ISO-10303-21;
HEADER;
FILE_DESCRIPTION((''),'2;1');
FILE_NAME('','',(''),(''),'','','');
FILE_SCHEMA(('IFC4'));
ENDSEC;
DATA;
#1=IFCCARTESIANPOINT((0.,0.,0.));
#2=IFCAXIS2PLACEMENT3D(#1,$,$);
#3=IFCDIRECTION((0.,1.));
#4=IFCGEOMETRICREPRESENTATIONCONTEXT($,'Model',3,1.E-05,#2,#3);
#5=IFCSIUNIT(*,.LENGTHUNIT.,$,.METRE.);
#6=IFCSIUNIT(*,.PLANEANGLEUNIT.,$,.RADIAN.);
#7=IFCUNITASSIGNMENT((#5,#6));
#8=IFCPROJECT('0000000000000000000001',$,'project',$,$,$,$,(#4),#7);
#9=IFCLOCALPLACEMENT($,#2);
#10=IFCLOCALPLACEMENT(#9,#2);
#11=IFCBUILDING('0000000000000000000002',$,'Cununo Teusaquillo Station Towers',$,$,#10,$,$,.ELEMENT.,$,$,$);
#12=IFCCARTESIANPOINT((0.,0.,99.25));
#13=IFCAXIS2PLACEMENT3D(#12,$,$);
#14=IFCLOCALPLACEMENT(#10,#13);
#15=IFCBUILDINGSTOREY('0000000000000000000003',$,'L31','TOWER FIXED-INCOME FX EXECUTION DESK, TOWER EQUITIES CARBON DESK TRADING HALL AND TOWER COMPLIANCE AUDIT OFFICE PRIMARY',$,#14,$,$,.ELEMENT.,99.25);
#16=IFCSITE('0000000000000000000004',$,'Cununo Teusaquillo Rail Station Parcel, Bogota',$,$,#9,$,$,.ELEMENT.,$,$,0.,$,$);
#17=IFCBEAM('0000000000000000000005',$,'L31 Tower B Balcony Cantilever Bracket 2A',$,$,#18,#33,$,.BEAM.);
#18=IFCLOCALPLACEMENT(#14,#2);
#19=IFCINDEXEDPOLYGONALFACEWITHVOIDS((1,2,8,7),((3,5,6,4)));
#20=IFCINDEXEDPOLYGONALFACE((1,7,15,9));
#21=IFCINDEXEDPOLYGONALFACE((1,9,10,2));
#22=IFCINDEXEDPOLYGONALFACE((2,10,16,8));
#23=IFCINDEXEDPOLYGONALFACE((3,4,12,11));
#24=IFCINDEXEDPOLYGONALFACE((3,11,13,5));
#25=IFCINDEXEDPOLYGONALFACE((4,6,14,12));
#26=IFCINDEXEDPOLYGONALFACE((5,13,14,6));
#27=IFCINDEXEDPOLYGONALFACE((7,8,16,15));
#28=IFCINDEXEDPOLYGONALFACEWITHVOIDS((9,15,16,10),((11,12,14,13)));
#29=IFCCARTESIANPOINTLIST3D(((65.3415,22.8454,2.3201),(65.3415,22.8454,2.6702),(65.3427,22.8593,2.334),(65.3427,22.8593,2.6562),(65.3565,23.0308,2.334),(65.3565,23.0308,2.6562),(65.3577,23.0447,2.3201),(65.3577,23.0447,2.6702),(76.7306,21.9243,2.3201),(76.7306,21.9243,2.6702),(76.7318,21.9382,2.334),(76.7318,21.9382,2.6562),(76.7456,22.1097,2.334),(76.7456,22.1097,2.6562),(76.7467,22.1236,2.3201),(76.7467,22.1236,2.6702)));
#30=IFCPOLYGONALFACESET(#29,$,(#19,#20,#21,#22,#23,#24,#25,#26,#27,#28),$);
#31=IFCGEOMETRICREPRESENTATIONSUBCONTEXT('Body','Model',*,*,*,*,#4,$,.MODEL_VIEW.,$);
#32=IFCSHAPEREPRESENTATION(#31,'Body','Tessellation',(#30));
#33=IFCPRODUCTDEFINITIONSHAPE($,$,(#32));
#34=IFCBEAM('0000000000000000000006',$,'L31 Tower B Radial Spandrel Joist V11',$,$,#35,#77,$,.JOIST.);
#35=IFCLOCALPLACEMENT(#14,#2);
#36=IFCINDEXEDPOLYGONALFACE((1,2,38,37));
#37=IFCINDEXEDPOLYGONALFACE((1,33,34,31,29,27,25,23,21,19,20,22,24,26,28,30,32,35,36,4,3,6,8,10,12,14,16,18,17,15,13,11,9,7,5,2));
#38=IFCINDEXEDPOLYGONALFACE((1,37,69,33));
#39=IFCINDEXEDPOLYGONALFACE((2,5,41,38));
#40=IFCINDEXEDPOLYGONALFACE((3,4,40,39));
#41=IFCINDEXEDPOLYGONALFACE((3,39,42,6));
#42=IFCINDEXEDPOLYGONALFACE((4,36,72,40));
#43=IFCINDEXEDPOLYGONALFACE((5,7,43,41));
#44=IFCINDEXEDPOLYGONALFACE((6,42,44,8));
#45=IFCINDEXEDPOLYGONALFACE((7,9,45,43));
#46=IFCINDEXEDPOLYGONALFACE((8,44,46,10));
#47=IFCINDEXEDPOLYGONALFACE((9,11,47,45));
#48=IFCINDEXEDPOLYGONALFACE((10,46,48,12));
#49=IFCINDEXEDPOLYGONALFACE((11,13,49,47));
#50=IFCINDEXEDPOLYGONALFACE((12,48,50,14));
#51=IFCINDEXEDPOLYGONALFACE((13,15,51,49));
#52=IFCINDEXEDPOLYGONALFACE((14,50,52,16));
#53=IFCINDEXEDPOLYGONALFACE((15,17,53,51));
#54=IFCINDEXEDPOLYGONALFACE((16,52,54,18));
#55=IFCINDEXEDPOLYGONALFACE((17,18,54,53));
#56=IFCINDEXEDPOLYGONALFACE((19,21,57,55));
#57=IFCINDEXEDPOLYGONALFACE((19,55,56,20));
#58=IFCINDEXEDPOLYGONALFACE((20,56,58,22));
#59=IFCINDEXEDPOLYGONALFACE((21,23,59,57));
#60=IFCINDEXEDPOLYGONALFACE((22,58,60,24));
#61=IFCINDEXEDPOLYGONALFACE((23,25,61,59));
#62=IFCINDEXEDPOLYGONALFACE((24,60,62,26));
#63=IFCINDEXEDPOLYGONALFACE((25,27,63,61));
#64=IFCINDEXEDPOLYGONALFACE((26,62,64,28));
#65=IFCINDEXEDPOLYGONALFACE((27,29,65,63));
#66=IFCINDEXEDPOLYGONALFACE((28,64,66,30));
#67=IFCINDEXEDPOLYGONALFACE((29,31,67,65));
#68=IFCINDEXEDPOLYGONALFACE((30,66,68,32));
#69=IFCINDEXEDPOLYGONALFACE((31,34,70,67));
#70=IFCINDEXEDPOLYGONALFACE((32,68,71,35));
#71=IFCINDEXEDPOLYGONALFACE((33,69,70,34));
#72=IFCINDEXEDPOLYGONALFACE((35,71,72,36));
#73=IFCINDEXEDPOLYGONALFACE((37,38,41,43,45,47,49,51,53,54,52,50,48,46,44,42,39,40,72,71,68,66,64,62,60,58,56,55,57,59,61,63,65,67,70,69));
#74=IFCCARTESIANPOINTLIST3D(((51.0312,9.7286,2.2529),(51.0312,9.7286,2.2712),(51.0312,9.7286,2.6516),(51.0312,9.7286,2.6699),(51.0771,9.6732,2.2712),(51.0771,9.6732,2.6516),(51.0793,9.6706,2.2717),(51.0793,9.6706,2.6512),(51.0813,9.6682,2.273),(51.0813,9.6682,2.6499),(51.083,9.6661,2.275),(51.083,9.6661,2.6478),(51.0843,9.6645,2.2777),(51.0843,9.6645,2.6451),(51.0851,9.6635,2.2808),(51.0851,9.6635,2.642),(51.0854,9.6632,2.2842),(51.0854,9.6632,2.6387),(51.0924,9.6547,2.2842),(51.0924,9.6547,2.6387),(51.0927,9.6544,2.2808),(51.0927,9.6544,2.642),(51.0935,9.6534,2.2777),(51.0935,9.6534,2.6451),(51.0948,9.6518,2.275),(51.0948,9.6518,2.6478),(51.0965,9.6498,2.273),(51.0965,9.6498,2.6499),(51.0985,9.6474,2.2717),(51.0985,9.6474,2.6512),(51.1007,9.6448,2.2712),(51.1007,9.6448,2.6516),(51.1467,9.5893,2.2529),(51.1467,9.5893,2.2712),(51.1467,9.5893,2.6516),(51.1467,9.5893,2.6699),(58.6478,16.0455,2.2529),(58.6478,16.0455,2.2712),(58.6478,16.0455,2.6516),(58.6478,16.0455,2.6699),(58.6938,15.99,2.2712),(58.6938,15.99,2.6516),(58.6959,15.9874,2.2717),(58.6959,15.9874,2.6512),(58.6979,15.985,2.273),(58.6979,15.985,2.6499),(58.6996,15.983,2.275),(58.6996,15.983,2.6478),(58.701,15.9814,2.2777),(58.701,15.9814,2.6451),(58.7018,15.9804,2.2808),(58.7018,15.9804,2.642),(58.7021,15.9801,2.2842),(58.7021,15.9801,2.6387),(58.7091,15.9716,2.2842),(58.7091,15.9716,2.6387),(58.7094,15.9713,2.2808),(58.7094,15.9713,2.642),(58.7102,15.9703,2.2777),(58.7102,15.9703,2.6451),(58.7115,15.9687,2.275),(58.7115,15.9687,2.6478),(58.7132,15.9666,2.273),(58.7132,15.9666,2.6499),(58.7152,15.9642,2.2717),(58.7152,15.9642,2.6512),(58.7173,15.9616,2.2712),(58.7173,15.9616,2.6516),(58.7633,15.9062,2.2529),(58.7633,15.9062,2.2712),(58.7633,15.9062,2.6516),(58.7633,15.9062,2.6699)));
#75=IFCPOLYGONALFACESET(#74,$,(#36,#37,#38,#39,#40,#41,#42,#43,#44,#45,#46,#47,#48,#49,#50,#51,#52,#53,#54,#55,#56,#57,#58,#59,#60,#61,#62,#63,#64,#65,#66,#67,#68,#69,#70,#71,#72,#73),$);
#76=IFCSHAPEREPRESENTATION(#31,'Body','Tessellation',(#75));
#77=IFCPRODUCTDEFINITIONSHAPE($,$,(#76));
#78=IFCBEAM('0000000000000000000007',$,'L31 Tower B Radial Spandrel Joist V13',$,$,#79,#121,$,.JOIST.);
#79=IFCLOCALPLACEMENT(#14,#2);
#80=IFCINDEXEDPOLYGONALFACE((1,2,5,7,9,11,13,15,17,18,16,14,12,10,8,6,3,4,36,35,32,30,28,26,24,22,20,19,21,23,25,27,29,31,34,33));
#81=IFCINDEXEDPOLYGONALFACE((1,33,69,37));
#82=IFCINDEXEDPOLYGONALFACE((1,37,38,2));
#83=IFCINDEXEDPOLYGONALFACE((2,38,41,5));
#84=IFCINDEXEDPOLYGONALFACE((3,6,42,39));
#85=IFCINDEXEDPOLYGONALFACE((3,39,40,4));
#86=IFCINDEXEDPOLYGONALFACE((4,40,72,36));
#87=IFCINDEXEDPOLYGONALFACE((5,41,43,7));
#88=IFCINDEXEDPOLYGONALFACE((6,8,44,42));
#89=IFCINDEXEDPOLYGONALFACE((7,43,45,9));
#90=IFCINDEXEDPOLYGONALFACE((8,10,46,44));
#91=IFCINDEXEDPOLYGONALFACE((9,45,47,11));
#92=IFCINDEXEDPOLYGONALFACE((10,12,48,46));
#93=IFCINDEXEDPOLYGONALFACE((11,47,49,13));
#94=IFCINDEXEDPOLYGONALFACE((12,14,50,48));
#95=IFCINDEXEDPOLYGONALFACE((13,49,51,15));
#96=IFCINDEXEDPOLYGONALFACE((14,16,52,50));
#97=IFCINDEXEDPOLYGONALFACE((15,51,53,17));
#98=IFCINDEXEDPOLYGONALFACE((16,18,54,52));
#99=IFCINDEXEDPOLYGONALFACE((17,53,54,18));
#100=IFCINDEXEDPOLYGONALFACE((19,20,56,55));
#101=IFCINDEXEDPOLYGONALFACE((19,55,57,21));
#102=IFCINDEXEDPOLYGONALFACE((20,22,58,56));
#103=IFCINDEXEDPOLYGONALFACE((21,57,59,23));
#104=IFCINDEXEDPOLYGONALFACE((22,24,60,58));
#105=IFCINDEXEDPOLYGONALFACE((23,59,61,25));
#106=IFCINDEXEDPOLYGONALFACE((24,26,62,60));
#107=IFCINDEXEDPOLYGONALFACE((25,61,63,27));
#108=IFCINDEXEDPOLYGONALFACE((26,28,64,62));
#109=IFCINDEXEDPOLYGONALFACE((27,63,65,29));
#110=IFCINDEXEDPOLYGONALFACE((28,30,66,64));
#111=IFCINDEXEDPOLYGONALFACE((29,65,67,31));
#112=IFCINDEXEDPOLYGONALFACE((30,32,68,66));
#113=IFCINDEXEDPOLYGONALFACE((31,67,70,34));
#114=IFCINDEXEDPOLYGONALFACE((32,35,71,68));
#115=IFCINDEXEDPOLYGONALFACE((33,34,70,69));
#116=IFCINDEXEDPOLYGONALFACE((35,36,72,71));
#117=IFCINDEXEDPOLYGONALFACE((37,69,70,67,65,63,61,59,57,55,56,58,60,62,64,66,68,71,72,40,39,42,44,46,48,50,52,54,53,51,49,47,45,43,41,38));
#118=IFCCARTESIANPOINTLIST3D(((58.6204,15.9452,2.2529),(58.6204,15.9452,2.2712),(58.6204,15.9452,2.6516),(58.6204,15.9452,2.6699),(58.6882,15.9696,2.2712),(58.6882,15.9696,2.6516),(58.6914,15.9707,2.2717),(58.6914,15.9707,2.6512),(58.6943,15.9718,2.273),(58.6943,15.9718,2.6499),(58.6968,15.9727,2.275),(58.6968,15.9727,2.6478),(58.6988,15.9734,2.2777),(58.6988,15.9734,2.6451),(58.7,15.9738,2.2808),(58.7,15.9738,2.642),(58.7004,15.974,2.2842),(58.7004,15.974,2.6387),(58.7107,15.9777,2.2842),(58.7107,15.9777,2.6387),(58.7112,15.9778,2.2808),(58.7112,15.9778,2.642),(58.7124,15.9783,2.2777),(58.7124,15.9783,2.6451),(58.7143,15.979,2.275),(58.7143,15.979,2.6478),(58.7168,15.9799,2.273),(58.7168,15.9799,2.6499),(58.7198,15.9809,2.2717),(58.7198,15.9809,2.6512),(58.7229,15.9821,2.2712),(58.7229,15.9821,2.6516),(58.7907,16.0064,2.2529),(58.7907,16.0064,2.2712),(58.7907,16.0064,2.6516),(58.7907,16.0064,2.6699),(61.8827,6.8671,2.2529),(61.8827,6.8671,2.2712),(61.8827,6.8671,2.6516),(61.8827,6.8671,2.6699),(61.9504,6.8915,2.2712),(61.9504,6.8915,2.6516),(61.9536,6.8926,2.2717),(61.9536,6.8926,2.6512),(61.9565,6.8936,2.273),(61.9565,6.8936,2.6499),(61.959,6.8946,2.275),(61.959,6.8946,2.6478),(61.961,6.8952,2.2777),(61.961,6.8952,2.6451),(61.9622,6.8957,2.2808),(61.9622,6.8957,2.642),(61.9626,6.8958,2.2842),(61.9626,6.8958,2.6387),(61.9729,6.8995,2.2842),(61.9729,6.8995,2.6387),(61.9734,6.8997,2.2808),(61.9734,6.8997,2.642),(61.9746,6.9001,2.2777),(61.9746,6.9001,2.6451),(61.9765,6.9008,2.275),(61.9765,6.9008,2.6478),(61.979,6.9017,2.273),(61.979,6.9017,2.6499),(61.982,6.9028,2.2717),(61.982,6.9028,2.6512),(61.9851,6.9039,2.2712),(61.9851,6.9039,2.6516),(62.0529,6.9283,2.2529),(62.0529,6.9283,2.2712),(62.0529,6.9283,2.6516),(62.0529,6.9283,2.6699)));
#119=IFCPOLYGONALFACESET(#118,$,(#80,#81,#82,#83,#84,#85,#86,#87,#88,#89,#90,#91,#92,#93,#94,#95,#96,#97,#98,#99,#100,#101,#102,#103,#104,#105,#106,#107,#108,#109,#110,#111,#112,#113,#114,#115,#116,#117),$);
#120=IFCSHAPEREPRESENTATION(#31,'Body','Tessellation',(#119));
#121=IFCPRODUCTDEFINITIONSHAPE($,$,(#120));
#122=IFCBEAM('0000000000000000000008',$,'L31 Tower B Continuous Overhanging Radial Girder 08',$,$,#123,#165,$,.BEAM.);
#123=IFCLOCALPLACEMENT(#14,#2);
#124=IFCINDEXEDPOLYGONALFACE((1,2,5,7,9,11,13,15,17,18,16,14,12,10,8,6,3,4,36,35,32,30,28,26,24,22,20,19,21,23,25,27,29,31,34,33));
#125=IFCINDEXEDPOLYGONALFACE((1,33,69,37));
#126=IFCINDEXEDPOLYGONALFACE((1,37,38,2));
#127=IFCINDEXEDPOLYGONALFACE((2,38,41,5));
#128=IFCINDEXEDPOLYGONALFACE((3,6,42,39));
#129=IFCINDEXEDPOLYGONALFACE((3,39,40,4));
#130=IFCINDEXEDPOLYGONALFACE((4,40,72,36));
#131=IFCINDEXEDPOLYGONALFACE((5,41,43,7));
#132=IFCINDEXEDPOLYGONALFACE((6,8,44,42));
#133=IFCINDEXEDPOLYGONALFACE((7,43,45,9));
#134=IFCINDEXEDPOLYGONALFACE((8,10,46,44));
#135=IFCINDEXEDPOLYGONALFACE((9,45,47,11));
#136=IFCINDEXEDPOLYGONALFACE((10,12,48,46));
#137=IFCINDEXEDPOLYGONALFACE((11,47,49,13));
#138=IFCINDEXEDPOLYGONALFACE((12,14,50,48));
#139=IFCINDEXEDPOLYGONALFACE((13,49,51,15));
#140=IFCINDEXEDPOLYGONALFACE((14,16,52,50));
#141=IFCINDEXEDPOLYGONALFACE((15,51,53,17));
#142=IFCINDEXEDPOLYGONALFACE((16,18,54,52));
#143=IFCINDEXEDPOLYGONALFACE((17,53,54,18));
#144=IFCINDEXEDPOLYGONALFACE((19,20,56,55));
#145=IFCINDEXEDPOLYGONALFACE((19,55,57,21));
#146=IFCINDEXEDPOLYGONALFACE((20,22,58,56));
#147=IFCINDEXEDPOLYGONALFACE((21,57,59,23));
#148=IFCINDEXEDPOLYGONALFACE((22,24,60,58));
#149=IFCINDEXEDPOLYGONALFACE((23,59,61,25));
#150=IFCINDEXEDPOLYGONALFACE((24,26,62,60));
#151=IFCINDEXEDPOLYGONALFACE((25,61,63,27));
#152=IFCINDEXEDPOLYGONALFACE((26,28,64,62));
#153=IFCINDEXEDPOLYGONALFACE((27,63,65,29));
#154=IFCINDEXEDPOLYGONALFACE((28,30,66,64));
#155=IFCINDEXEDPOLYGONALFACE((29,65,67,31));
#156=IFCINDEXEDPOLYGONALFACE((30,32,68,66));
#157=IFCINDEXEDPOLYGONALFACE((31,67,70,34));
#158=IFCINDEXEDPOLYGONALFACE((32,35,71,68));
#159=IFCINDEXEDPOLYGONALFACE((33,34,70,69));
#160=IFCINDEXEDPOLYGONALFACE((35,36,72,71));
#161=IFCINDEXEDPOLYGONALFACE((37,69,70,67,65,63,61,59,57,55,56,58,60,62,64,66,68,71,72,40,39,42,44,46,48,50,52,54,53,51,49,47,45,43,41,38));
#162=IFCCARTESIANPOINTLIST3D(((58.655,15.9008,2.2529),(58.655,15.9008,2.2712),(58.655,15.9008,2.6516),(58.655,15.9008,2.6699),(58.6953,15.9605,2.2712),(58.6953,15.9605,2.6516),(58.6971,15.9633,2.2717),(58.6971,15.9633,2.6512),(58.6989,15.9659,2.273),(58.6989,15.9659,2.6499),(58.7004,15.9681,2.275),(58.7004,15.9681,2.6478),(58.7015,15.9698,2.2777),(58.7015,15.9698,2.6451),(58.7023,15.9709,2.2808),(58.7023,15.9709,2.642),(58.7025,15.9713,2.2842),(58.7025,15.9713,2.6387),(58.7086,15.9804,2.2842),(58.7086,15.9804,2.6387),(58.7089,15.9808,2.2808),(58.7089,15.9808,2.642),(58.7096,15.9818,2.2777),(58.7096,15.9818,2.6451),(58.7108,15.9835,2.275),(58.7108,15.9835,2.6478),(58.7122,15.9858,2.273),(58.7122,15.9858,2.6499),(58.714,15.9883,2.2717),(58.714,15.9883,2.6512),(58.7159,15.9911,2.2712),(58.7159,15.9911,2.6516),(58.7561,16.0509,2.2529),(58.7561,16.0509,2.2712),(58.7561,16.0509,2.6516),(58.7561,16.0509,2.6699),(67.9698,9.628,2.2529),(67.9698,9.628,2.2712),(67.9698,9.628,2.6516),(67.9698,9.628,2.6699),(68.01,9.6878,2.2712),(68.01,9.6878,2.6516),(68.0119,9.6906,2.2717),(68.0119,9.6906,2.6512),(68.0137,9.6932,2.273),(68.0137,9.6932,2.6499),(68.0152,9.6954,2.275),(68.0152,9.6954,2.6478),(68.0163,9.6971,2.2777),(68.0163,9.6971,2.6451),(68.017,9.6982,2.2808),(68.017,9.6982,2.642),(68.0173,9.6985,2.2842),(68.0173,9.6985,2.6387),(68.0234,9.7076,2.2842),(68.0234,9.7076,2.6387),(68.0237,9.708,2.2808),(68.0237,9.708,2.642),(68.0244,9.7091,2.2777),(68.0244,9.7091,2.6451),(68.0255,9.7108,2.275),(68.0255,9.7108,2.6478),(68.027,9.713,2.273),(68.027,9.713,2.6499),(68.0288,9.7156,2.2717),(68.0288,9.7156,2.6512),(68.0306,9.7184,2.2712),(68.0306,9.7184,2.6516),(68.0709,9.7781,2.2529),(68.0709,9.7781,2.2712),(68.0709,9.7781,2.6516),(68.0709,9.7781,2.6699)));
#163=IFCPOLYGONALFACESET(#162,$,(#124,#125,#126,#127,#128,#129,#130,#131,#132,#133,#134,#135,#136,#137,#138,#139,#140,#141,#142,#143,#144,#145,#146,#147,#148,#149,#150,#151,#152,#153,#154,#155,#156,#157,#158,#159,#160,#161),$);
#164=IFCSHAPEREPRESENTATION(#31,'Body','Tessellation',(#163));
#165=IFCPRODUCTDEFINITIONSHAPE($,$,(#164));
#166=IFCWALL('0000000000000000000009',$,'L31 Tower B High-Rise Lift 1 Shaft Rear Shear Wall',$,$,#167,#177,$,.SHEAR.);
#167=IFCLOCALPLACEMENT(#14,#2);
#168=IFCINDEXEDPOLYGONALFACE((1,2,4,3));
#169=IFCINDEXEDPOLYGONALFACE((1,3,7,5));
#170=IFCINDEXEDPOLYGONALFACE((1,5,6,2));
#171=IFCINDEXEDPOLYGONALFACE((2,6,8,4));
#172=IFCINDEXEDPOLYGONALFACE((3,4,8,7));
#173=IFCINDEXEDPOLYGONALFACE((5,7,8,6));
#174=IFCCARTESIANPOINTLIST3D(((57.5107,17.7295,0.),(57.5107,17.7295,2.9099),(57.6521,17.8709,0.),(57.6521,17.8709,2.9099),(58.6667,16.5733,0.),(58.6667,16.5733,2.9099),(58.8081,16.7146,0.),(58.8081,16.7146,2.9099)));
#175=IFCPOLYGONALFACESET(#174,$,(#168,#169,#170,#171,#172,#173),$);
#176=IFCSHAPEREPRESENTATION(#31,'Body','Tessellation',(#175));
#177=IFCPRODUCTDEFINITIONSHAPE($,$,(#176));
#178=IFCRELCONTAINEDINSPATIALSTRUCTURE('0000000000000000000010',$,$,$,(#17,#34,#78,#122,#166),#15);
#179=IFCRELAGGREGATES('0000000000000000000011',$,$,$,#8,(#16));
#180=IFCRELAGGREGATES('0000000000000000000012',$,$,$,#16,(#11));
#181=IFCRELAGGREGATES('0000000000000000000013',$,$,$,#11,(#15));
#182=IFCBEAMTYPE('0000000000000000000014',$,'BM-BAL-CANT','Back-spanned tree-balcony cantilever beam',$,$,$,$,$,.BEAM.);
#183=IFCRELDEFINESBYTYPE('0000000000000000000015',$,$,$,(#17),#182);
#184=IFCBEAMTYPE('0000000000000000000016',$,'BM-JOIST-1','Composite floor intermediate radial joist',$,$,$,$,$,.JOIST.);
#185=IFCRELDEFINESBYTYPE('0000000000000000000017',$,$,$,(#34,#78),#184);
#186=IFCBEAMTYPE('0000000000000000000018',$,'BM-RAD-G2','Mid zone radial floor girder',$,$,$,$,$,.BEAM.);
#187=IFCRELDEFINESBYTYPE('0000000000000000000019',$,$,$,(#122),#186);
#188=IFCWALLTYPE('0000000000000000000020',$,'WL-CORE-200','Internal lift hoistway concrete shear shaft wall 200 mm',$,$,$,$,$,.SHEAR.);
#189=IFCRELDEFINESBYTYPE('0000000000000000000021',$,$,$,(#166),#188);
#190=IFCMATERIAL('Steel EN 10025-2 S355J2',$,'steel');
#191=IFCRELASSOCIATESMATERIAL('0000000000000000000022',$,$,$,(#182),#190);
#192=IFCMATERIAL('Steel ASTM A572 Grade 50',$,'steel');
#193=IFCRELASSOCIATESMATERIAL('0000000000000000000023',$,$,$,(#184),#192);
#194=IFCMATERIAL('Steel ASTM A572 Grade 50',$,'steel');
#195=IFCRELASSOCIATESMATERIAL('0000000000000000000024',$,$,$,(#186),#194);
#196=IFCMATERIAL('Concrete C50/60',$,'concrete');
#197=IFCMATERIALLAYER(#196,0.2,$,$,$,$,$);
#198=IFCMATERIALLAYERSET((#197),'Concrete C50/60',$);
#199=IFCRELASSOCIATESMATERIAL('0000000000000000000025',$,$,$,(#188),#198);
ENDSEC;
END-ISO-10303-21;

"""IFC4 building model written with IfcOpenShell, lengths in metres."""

from ifc_helpers import new_model, si_unit, direction, frame, frame_2d, origin, origin_2d, place, context, subcontext, project, spatial, rectangle, hollow_rectangle, i_section, extrude, material, layer, layer_set, material_profile, profile_set, type_object, element, save


model = new_model("IFC4")

# Units and contexts
model_context = context("Model", 3, precision=1e-05, world=origin(), true_north=direction((0.0, 1.0)))
body_context = subcontext(model_context, "Body", "Model", "MODEL_VIEW")
ifc_project = project(units=[si_unit("LENGTHUNIT", "METRE"), si_unit("PLANEANGLEUNIT", "RADIAN")], contexts=[model_context])

# Site, building, storey
site_placement = place(None, origin())
site = spatial("IfcSite", under=ifc_project, at=site_placement, Name="Cununo Teusaquillo Rail Station Parcel, Bogota", CompositionType="ELEMENT", RefElevation=0.0)
building_placement = place(site_placement, origin())
building = spatial("IfcBuilding", under=site, at=building_placement, Name="Cununo Teusaquillo Station Towers", CompositionType="ELEMENT")
storey_placement = place(building_placement, frame((0.0, 0.0, 99.25)))
storey = spatial("IfcBuildingStorey", under=building, at=storey_placement, Name="L31", Description="TOWER FIXED-INCOME FX EXECUTION DESK, TOWER EQUITIES CARBON DESK TRADING HALL AND TOWER COMPLIANCE AUDIT OFFICE PRIMARY", CompositionType="ELEMENT", Elevation=99.25)

# Beams
ifc_material_1 = material(Name="Steel EN 10025-2 S355J2", Category="steel")
ifc_material_profile_1 = material_profile(ifc_material_1, hollow_rectangle(XDim=0.2, YDim=0.3501, WallThickness=0.0139, at=origin_2d()), Name="RHS 350x200x14")
ifc_profile_set_1 = profile_set([ifc_material_profile_1], Name="Steel EN 10025-2 S355J2")
beam_type_1 = type_object("IfcBeamType", Name="BM-BAL-CANT", Description="Back-spanned tree-balcony cantilever beam", PredefinedType="BEAM", material=ifc_profile_set_1)
beam_1_placement = place(storey_placement, frame((65.3496, 22.9451, 2.4951), z_axis=(0.996745, -0.080616, 0.0), x_axis=(0.080616, 0.996745, 0.0)))
element("IfcBeam", 1, at=beam_1_placement, inside=storey, type_object=beam_type_1, Name="L31 Tower B Balcony Cantilever Bracket 2A", PredefinedType="BEAM", context=body_context, shape_type="SweptSolid", body=[
    extrude(hollow_rectangle(XDim=0.2, YDim=0.3501, WallThickness=0.0139, at=origin_2d()), origin(), (0.0, 0.0, 1.0), 11.4263),
])
ifc_material_2 = material(Name="Steel ASTM A572 Grade 50", Category="steel")
ifc_material_profile_2 = material_profile(ifc_material_2, i_section(OverallWidth=0.1809, OverallDepth=0.417, WebThickness=0.011, FlangeThickness=0.0183, FilletRadius=0.0129, at=origin_2d()), Name="W16X57")
ifc_profile_set_2 = profile_set([ifc_material_profile_2], Name="Steel ASTM A572 Grade 50")
beam_type_2 = type_object("IfcBeamType", Name="BM-JOIST-1", Description="Composite floor intermediate radial joist", PredefinedType="JOIST", material=ifc_profile_set_2)
beam_2_placement = place(storey_placement, frame((58.7056, 15.9758, 2.4614), z_axis=(-0.769728, -0.638372, 0.0), x_axis=(0.638372, -0.769728, 0.0)))
element("IfcBeam", 2, at=beam_2_placement, inside=storey, type_object=beam_type_2, Name="L31 Tower B Radial Spandrel Joist V11", PredefinedType="JOIST", context=body_context, shape_type="SweptSolid", body=[
    extrude(i_section(OverallWidth=0.1809, OverallDepth=0.417, WebThickness=0.011, FlangeThickness=0.0183, FilletRadius=0.0129, at=origin_2d()), origin(), (0.0, 0.0, 1.0), 9.8953),
])
beam_3_placement = place(storey_placement, frame((58.7056, 15.9758, 2.4614), z_axis=(0.338176, -0.941083, 0.0), x_axis=(0.941083, 0.338176, 0.0)))
element("IfcBeam", 3, at=beam_3_placement, inside=storey, type_object=beam_type_2, Name="L31 Tower B Radial Spandrel Joist V13", PredefinedType="JOIST", context=body_context, shape_type="SweptSolid", body=[
    extrude(i_section(OverallWidth=0.1809, OverallDepth=0.417, WebThickness=0.011, FlangeThickness=0.0183, FilletRadius=0.0129, at=origin_2d()), origin(), (0.0, 0.0, 1.0), 9.6465),
])
ifc_material_3 = material(Name="Steel ASTM A572 Grade 50", Category="steel")
ifc_material_profile_3 = material_profile(ifc_material_3, i_section(OverallWidth=0.1809, OverallDepth=0.417, WebThickness=0.011, FlangeThickness=0.0183, FilletRadius=0.0129, at=origin_2d()), Name="W16X57")
ifc_profile_set_3 = profile_set([ifc_material_profile_3], Name="Steel ASTM A572 Grade 50")
beam_type_3 = type_object("IfcBeamType", Name="BM-RAD-G2", Description="Mid zone radial floor girder", PredefinedType="BEAM", material=ifc_profile_set_3)
beam_4_placement = place(storey_placement, frame((58.7056, 15.9758, 2.4614), z_axis=(0.829456, -0.558572, 0.0), x_axis=(0.558572, 0.829456, 0.0)))
element("IfcBeam", 4, at=beam_4_placement, inside=storey, type_object=beam_type_3, Name="L31 Tower B Continuous Overhanging Radial Girder 08", PredefinedType="BEAM", context=body_context, shape_type="SweptSolid", body=[
    extrude(i_section(OverallWidth=0.1809, OverallDepth=0.417, WebThickness=0.011, FlangeThickness=0.0183, FilletRadius=0.0129, at=origin_2d()), origin(), (0.0, 0.0, 1.0), 11.23),
])

# Wall
ifc_material_4 = material(Name="Concrete C50/60", Category="concrete")
ifc_layer_1 = layer(ifc_material_4, 0.2)
ifc_layer_set_1 = layer_set([ifc_layer_1], Name="Concrete C50/60")
wall_type_1 = type_object("IfcWallType", Name="WL-CORE-200", Description="Internal lift hoistway concrete shear shaft wall 200 mm", PredefinedType="SHEAR", material=ifc_layer_set_1)
wall_1_placement = place(storey_placement, frame((58.7373, 16.644, 0.0), z_axis=(0.0, 0.0, 1.0), x_axis=(-0.707032, 0.707181, 0.0)))
element("IfcWall", 5, at=wall_1_placement, inside=storey, type_object=wall_type_1, Name="L31 Tower B High-Rise Lift 1 Shaft Rear Shear Wall", PredefinedType="SHEAR", context=body_context, shape_type="SweptSolid", body=[
    extrude(rectangle(XDim=1.635, YDim=0.2, at=frame_2d((0.8174, 0.0))), origin(), (0.0, 0.0, 1.0), 2.9099),
])

save(model, "model.ifc")
